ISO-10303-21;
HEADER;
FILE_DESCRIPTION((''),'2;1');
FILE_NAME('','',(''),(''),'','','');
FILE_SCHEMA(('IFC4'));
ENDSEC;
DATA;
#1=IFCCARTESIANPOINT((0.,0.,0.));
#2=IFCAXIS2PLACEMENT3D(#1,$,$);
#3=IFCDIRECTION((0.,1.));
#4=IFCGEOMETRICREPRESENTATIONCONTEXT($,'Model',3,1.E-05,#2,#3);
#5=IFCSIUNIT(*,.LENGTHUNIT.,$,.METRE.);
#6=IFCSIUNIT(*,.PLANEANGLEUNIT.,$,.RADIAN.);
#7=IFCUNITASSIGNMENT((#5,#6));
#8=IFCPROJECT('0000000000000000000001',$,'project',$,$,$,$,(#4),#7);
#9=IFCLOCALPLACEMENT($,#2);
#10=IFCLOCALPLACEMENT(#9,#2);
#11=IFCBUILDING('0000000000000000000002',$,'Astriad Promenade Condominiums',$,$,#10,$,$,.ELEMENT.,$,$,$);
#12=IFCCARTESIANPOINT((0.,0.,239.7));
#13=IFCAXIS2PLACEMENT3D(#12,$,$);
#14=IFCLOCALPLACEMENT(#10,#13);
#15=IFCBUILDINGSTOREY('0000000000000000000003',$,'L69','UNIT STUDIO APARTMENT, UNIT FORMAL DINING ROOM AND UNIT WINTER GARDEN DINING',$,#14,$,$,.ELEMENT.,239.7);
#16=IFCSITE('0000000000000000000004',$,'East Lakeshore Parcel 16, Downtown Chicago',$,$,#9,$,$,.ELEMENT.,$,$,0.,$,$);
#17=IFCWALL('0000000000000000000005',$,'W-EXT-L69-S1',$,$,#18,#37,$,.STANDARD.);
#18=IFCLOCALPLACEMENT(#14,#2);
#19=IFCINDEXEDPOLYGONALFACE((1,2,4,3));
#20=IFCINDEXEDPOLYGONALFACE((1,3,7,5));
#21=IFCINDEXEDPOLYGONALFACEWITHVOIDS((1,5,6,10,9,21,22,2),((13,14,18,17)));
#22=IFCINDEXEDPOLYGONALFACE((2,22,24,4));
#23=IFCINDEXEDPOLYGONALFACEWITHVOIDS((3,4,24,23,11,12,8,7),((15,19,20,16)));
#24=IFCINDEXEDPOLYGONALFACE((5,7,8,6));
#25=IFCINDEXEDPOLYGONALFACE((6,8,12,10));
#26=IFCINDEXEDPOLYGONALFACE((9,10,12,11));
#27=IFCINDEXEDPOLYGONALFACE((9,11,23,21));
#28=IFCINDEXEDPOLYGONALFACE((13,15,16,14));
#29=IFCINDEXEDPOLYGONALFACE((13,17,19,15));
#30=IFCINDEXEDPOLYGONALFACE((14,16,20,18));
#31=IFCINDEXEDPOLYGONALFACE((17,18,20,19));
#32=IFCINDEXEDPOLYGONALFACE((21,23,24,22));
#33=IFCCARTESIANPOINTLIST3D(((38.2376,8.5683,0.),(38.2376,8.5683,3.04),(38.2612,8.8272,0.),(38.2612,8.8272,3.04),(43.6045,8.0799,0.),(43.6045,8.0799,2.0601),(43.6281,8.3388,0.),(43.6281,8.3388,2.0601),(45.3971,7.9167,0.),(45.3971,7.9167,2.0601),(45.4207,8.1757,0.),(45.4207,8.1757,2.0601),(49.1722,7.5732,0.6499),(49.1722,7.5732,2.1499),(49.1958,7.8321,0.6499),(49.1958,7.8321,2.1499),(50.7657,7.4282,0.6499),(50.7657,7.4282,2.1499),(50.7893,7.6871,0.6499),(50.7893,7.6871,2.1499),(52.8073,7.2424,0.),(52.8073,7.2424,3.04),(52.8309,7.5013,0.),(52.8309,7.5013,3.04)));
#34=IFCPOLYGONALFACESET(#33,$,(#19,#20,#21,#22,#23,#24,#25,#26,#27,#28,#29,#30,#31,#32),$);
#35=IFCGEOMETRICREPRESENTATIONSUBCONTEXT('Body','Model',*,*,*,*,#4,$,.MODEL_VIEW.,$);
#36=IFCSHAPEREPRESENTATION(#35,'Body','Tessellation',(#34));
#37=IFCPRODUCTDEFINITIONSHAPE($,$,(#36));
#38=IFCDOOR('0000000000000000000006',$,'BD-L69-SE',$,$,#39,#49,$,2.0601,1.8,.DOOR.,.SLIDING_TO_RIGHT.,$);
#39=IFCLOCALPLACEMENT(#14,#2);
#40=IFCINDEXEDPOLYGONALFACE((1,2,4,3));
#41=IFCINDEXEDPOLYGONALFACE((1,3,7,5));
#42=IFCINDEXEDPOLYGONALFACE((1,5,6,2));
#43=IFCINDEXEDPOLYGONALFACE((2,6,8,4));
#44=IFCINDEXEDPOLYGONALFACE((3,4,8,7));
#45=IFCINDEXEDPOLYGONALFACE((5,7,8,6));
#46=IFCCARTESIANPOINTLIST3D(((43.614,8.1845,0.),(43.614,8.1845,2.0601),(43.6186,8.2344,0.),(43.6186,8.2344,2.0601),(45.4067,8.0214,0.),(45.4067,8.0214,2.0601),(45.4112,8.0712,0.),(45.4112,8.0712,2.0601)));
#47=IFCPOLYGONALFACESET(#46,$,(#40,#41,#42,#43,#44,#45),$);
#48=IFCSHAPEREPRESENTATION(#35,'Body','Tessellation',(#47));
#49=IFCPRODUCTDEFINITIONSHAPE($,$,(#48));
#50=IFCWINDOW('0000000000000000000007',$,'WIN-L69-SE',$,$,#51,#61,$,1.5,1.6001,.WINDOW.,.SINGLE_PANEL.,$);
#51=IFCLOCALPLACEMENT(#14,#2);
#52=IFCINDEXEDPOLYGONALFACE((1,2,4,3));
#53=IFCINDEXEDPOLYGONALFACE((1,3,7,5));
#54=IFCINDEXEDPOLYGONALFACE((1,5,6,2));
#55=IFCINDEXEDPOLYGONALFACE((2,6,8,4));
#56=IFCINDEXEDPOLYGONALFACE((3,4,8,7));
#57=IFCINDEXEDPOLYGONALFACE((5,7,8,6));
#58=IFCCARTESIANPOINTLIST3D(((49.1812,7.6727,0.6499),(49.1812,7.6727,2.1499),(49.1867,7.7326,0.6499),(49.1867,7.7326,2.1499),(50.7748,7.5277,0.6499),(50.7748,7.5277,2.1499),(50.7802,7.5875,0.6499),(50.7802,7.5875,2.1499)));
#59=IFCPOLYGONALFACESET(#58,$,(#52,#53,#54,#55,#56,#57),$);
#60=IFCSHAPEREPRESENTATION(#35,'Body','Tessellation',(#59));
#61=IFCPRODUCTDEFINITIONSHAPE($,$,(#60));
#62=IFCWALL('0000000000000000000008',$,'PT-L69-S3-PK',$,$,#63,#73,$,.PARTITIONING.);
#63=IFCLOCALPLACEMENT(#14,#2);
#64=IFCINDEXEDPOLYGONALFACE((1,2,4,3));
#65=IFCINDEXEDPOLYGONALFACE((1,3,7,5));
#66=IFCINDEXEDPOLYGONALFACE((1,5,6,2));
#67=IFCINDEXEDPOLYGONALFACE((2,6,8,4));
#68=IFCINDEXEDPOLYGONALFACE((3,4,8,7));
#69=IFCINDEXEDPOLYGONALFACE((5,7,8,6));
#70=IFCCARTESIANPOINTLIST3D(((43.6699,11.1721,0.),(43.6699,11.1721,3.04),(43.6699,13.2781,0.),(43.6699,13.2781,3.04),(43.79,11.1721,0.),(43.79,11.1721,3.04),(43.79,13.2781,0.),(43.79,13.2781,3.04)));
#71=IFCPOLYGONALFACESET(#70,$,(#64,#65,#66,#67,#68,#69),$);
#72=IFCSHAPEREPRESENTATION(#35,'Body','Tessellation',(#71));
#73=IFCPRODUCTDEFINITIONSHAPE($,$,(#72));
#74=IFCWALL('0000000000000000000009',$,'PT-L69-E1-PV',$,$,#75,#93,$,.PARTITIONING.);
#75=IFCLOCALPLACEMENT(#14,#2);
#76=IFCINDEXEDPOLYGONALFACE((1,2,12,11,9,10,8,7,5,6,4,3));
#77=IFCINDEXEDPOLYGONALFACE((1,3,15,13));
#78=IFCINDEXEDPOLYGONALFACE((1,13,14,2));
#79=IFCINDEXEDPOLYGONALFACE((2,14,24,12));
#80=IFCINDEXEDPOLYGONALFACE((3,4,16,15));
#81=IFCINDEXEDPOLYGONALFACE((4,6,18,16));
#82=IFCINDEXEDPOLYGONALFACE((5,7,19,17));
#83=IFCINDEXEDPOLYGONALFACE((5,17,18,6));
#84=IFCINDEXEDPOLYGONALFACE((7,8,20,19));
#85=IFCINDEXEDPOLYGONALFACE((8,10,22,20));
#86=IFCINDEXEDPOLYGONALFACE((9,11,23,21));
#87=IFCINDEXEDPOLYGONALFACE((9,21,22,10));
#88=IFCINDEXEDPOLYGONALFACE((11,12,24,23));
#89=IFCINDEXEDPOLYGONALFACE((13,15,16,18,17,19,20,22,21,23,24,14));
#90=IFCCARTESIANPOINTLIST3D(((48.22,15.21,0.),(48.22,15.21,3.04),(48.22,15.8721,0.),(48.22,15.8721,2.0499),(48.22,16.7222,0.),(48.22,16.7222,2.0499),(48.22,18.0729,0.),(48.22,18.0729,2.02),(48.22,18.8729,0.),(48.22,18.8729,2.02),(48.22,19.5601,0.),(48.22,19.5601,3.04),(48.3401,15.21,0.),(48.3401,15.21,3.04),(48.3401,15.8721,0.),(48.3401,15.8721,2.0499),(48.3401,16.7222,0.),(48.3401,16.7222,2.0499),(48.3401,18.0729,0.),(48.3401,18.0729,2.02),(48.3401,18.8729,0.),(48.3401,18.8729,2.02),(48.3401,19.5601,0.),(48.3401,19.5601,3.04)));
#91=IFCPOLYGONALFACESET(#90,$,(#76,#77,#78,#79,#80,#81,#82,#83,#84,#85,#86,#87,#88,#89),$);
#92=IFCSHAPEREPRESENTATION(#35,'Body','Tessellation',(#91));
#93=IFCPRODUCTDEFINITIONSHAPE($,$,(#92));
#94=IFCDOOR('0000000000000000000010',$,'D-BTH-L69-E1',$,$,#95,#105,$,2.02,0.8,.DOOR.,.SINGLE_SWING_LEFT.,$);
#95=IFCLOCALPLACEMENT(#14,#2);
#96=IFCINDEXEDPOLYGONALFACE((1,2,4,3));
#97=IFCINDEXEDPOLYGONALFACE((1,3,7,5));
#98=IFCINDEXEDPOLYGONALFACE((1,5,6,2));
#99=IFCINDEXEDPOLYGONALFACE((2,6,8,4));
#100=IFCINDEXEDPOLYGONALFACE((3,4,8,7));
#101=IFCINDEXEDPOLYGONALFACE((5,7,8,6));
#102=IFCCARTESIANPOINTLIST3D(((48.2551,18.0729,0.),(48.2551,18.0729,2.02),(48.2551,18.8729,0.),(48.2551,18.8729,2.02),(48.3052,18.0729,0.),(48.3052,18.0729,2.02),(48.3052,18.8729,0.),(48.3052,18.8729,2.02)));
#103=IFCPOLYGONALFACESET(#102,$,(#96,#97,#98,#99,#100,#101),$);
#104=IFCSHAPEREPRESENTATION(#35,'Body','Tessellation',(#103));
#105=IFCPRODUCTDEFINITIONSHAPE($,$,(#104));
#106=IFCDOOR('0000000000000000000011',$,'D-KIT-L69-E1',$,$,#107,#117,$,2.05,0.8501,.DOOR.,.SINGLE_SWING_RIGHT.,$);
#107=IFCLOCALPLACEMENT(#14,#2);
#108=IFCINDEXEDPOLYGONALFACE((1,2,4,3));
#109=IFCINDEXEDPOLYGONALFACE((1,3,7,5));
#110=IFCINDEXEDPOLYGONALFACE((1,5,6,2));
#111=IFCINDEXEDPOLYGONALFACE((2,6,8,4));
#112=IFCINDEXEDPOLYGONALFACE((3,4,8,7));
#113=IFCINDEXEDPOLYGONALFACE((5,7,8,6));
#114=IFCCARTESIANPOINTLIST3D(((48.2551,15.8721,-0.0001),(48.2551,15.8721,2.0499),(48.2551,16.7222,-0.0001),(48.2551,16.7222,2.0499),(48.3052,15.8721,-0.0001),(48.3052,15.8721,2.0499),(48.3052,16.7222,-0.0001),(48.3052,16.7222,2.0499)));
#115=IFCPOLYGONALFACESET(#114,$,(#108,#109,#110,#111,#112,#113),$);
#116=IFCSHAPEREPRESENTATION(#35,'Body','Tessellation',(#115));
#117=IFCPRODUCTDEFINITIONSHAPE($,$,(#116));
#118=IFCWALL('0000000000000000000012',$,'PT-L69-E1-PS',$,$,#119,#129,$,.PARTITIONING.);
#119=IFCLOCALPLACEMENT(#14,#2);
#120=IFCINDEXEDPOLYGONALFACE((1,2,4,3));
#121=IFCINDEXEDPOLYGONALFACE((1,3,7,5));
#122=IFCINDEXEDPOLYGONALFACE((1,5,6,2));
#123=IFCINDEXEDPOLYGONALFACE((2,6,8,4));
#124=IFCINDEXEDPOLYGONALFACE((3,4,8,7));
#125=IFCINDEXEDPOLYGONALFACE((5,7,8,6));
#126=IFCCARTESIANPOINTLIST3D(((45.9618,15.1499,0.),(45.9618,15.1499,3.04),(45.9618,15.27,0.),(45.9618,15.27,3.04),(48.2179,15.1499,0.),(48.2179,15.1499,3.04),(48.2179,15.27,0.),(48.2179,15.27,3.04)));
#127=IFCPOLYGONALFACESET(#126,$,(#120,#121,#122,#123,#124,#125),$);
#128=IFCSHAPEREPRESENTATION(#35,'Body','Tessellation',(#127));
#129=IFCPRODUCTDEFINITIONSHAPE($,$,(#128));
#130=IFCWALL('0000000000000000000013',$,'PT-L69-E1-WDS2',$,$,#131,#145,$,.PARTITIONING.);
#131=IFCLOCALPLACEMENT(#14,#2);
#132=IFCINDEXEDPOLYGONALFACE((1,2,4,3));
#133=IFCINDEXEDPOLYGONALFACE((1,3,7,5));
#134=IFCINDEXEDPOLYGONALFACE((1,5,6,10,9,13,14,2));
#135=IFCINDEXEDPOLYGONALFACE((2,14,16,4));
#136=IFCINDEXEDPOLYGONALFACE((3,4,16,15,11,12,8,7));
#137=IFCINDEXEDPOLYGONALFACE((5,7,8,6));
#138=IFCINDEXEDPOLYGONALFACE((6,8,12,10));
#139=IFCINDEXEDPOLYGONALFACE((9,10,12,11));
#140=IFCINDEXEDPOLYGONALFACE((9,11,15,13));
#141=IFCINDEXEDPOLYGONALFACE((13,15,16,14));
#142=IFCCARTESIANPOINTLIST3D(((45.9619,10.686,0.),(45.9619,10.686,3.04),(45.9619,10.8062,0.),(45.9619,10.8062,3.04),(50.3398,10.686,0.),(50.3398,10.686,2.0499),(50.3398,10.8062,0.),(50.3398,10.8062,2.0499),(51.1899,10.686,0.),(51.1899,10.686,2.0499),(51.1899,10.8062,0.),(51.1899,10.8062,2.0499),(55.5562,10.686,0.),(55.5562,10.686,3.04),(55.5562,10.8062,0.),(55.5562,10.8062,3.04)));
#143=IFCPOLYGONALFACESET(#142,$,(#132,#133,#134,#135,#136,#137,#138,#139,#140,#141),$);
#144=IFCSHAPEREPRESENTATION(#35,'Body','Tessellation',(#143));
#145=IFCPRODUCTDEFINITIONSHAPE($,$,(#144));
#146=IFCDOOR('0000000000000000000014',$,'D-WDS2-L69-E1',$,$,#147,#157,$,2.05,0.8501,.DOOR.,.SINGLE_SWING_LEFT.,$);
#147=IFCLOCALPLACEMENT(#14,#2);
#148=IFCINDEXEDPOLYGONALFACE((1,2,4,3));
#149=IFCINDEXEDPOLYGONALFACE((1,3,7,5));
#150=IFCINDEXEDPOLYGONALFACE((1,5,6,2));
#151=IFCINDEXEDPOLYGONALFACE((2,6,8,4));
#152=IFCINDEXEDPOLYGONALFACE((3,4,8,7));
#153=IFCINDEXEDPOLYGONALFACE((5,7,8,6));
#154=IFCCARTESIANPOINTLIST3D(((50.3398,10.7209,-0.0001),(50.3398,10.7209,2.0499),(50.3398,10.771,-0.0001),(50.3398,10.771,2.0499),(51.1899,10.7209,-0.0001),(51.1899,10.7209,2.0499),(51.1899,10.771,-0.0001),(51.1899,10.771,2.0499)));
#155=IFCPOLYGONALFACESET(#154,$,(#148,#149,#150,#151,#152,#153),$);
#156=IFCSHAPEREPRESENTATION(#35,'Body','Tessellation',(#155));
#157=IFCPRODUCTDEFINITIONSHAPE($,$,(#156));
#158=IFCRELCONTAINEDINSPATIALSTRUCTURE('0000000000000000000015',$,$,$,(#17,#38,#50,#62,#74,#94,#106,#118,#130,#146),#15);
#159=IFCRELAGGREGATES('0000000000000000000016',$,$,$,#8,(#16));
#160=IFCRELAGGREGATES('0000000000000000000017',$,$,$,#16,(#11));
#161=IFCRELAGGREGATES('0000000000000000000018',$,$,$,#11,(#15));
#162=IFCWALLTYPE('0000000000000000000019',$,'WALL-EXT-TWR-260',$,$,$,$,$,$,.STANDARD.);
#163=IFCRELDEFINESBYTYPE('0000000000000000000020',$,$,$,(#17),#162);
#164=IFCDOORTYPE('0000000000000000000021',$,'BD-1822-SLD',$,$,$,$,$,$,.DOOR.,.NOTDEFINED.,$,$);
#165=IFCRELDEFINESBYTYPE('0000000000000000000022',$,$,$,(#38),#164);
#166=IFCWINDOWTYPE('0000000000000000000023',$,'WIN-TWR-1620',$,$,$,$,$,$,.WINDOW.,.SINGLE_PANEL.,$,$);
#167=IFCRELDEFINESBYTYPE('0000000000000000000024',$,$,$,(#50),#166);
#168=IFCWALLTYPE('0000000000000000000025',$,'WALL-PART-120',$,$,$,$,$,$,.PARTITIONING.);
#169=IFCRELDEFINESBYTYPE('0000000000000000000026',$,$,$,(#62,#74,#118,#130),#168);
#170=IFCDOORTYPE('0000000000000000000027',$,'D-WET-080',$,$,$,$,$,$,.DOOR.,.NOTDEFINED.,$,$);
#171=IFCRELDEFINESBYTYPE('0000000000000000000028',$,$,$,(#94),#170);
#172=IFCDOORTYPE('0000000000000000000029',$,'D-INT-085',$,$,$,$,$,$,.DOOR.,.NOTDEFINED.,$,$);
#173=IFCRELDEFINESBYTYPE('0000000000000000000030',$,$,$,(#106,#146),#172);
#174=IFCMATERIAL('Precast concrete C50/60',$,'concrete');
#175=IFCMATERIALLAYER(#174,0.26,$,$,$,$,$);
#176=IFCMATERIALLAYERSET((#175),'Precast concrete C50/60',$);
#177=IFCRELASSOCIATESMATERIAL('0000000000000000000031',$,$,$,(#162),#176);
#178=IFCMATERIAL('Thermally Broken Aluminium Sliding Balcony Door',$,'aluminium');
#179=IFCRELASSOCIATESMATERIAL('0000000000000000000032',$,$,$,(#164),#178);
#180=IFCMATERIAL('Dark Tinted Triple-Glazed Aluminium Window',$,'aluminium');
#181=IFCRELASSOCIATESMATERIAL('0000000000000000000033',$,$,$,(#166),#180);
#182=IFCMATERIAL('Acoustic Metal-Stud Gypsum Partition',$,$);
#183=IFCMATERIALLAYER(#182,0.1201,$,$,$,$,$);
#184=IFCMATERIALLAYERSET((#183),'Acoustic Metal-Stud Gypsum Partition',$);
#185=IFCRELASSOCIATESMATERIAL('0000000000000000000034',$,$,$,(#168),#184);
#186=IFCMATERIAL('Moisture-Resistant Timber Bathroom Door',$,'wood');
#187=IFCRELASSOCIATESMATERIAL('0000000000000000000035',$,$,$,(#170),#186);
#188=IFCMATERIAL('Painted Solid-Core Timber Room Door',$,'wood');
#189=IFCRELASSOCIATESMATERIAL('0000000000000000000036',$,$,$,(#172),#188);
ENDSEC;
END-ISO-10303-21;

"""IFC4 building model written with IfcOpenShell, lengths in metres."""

from ifc_helpers import new_model, si_unit, direction, frame, frame_2d, origin, place, context, subcontext, project, spatial, rectangle, extrude, source, transform, mapped, material, layer, layer_set, type_object, type_shapes, element, fill, save


model = new_model("IFC4")

# Units and contexts
model_context = context("Model", 3, precision=1e-05, world=origin(), true_north=direction((0.0, 1.0)))
body_context = subcontext(model_context, "Body", "Model", "MODEL_VIEW")
ifc_project = project(units=[si_unit("LENGTHUNIT", "METRE"), si_unit("PLANEANGLEUNIT", "RADIAN")], contexts=[model_context])

# Site, building, storey
site_placement = place(None, origin())
site = spatial("IfcSite", under=ifc_project, at=site_placement, Name="East Lakeshore Parcel 16, Downtown Chicago", CompositionType="ELEMENT", RefElevation=0.0)
building_placement = place(site_placement, origin())
building = spatial("IfcBuilding", under=site, at=building_placement, Name="Astriad Promenade Condominiums", CompositionType="ELEMENT")
storey_placement = place(building_placement, frame((0.0, 0.0, 239.7)))
storey = spatial("IfcBuildingStorey", under=building, at=storey_placement, Name="L69", Description="UNIT STUDIO APARTMENT, UNIT FORMAL DINING ROOM AND UNIT WINTER GARDEN DINING", CompositionType="ELEMENT", Elevation=239.7)

# Shared definitions
ifc_material_1 = material(Name="Precast concrete C50/60", Category="concrete")
ifc_layer_1 = layer(ifc_material_1, 0.26)
ifc_layer_set_1 = layer_set([ifc_layer_1], Name="Precast concrete C50/60")
wall_type_1 = type_object("IfcWallType", Name="WALL-EXT-TWR-260", PredefinedType="STANDARD", material=ifc_layer_set_1)

# Wall, openings, door, window
wall_1_placement = place(storey_placement, frame((52.8191, 7.3718, 0.0), z_axis=(0.0, 0.0, 1.0), x_axis=(-0.995884, 0.090632, 0.0)))
wall_1 = element("IfcWall", 1, at=wall_1_placement, inside=storey, type_object=wall_type_1, Name="W-EXT-L69-S1", PredefinedType="STANDARD", context=body_context, shape_type="SweptSolid", body=[
    extrude(rectangle(XDim=14.6299, YDim=0.26, at=frame_2d((7.3149, 0.0))), origin(), (0.0, 0.0, 1.0), 3.04),
])
opening_1_placement = place(wall_1_placement, frame((7.4409, 0.0, 0.0)))
opening_1 = element("IfcOpeningElement", 2, at=opening_1_placement, cuts=wall_1, PredefinedType="OPENING", context=body_context, shape_type="SweptSolid", body=[
    extrude(rectangle(XDim=1.8, YDim=2.0601, at=frame_2d((0.8999, 1.03))), frame((0.0, 0.1399, 0.0), z_axis=(0.0, -1.0, 0.0), x_axis=(1.0, 0.0, 0.0)), (0.0, 0.0, 1.0), 0.28),
])
opening_2_placement = place(wall_1_placement, frame((2.05, 0.0, 0.6499)))
opening_2 = element("IfcOpeningElement", 3, at=opening_2_placement, cuts=wall_1, PredefinedType="OPENING", context=body_context, shape_type="SweptSolid", body=[
    extrude(rectangle(XDim=1.6001, YDim=1.5, at=frame_2d((0.8, 0.75))), frame((0.0, 0.1399, 0.0), z_axis=(0.0, -1.0, 0.0), x_axis=(1.0, 0.0, 0.0)), (0.0, 0.0, 1.0), 0.28),
])
ifc_material_2 = material(Name="Thermally Broken Aluminium Sliding Balcony Door", Category="aluminium")
door_type_1 = type_object("IfcDoorType", Name="BD-1822-SLD", OperationType="NOTDEFINED", PredefinedType="DOOR", material=ifc_material_2)
shared_shape_1 = source(origin(), body_context, "Body", "SweptSolid", [
    extrude(rectangle(XDim=1.8, YDim=2.0601, at=frame_2d((0.8999, 1.03))), frame((0.0, 0.0249, 0.0), z_axis=(0.0, -1.0, 0.0), x_axis=(1.0, 0.0, 0.0)), (0.0, 0.0, 1.0), 0.05),
])
type_shapes(door_type_1, [shared_shape_1])
door_1_placement = place(opening_1_placement, origin())
door_1 = element("IfcDoor", 4, at=door_1_placement, inside=storey, type_object=door_type_1, Name="BD-L69-SE", OperationType="SLIDING_TO_RIGHT", OverallHeight=2.0601, OverallWidth=1.8, PredefinedType="DOOR", context=body_context, shape_type="MappedRepresentation", body=[
    mapped(shared_shape_1, transform((0.0, 0.0, 0.0), scale=1.0)),
])
fill(opening_1, door_1)
ifc_material_3 = material(Name="Dark Tinted Triple-Glazed Aluminium Window", Category="aluminium")
window_type = type_object("IfcWindowType", Name="WIN-TWR-1620", PartitioningType="SINGLE_PANEL", PredefinedType="WINDOW", material=ifc_material_3)
shared_shape_2 = source(origin(), body_context, "Body", "SweptSolid", [
    extrude(rectangle(XDim=1.6001, YDim=1.5, at=frame_2d((0.8, 0.75))), frame((0.0, 0.03, 0.0), z_axis=(0.0, -1.0, 0.0), x_axis=(1.0, 0.0, 0.0)), (0.0, 0.0, 1.0), 0.0601),
])
type_shapes(window_type, [shared_shape_2])
window_placement = place(opening_2_placement, origin())
window = element("IfcWindow", 5, at=window_placement, inside=storey, type_object=window_type, Name="WIN-L69-SE", OverallHeight=1.5, OverallWidth=1.6001, PartitioningType="SINGLE_PANEL", PredefinedType="WINDOW", context=body_context, shape_type="MappedRepresentation", body=[
    mapped(shared_shape_2, transform((0.0, 0.0, 0.0), scale=1.0)),
])
fill(opening_2, window)

# Wall
ifc_material_4 = material(Name="Acoustic Metal-Stud Gypsum Partition")
ifc_layer_2 = layer(ifc_material_4, 0.1201)
ifc_layer_set_2 = layer_set([ifc_layer_2], Name="Acoustic Metal-Stud Gypsum Partition")
wall_type_2 = type_object("IfcWallType", Name="WALL-PART-120", PredefinedType="PARTITIONING", material=ifc_layer_set_2)
wall_2_placement = place(storey_placement, frame((43.73, 11.1721, 0.0), z_axis=(0.0, 0.0, 1.0), x_axis=(0.0, 1.0, 0.0)))
element("IfcWall", 6, at=wall_2_placement, inside=storey, type_object=wall_type_2, Name="PT-L69-S3-PK", PredefinedType="PARTITIONING", context=body_context, shape_type="SweptSolid", body=[
    extrude(rectangle(XDim=2.106, YDim=0.1201, at=frame_2d((1.053, 0.0))), origin(), (0.0, 0.0, 1.0), 3.04),
])

# Wall, openings, doors
wall_3_placement = place(storey_placement, frame((48.28, 15.21, 0.0), z_axis=(0.0, 0.0, 1.0), x_axis=(0.0, 1.0, 0.0)))
wall_3 = element("IfcWall", 7, at=wall_3_placement, inside=storey, type_object=wall_type_2, Name="PT-L69-E1-PV", PredefinedType="PARTITIONING", context=body_context, shape_type="SweptSolid", body=[
    extrude(rectangle(XDim=4.3501, YDim=0.1201, at=frame_2d((2.175, 0.0))), origin(), (0.0, 0.0, 1.0), 3.04),
])
opening_3_placement = place(wall_3_placement, frame((0.6621, 0.0, 0.0)))
opening_3 = element("IfcOpeningElement", 8, at=opening_3_placement, cuts=wall_3, PredefinedType="OPENING", context=body_context, shape_type="SweptSolid", body=[
    extrude(rectangle(XDim=0.8501, YDim=2.05, at=frame_2d((0.425, 1.0249))), frame((0.0, 0.0701, 0.0), z_axis=(0.0, -1.0, 0.0), x_axis=(1.0, 0.0, 0.0)), (0.0, 0.0, 1.0), 0.1401),
])
opening_4_placement = place(wall_3_placement, frame((2.863, 0.0, 0.0)))
opening_4 = element("IfcOpeningElement", 9, at=opening_4_placement, cuts=wall_3, PredefinedType="OPENING", context=body_context, shape_type="SweptSolid", body=[
    extrude(rectangle(XDim=0.8, YDim=2.02, at=frame_2d((0.3999, 1.01))), frame((0.0, 0.0701, 0.0), z_axis=(0.0, -1.0, 0.0), x_axis=(1.0, 0.0, 0.0)), (0.0, 0.0, 1.0), 0.1401),
])
ifc_material_5 = material(Name="Moisture-Resistant Timber Bathroom Door", Category="wood")
door_type_2 = type_object("IfcDoorType", Name="D-WET-080", OperationType="NOTDEFINED", PredefinedType="DOOR", material=ifc_material_5)
shared_shape_3 = source(origin(), body_context, "Body", "SweptSolid", [
    extrude(rectangle(XDim=0.8, YDim=2.02, at=frame_2d((0.3999, 1.01))), frame((0.0, 0.0249, 0.0), z_axis=(0.0, -1.0, 0.0), x_axis=(1.0, 0.0, 0.0)), (0.0, 0.0, 1.0), 0.05),
])
type_shapes(door_type_2, [shared_shape_3])
door_2_placement = place(opening_4_placement, origin())
door_2 = element("IfcDoor", 10, at=door_2_placement, inside=storey, type_object=door_type_2, Name="D-BTH-L69-E1", OperationType="SINGLE_SWING_LEFT", OverallHeight=2.02, OverallWidth=0.8, PredefinedType="DOOR", context=body_context, shape_type="MappedRepresentation", body=[
    mapped(shared_shape_3, transform((0.0, 0.0, 0.0), scale=1.0)),
])
fill(opening_4, door_2)
ifc_material_6 = material(Name="Painted Solid-Core Timber Room Door", Category="wood")
door_type_3 = type_object("IfcDoorType", Name="D-INT-085", OperationType="NOTDEFINED", PredefinedType="DOOR", material=ifc_material_6)
shared_shape_4 = source(origin(), body_context, "Body", "SweptSolid", [
    extrude(rectangle(XDim=0.8501, YDim=2.05, at=frame_2d((0.425, 1.0249))), frame((0.0, 0.0249, 0.0), z_axis=(0.0, -1.0, 0.0), x_axis=(1.0, 0.0, 0.0)), (0.0, 0.0, 1.0), 0.05),
])
type_shapes(door_type_3, [shared_shape_4])
door_3_placement = place(opening_3_placement, origin())
door_3 = element("IfcDoor", 11, at=door_3_placement, inside=storey, type_object=door_type_3, Name="D-KIT-L69-E1", OperationType="SINGLE_SWING_RIGHT", OverallHeight=2.05, OverallWidth=0.8501, PredefinedType="DOOR", context=body_context, shape_type="MappedRepresentation", body=[
    mapped(shared_shape_4, transform((0.0, 0.0, 0.0), scale=1.0)),
])
fill(opening_3, door_3)

# Wall
wall_4_placement = place(storey_placement, frame((45.9619, 15.21, 0.0), z_axis=(0.0, 0.0, 1.0), x_axis=(1.0, 0.0, 0.0)))
element("IfcWall", 12, at=wall_4_placement, inside=storey, type_object=wall_type_2, Name="PT-L69-E1-PS", PredefinedType="PARTITIONING", context=body_context, shape_type="SweptSolid", body=[
    extrude(rectangle(XDim=2.2561, YDim=0.1201, at=frame_2d((1.1279, 0.0))), origin(), (0.0, 0.0, 1.0), 3.04),
])

# Wall, opening, door
wall_5_placement = place(storey_placement, frame((45.9619, 10.7461, 0.0), z_axis=(0.0, 0.0, 1.0), x_axis=(1.0, 0.0, 0.0)))
wall_5 = element("IfcWall", 13, at=wall_5_placement, inside=storey, type_object=wall_type_2, Name="PT-L69-E1-WDS2", PredefinedType="PARTITIONING", context=body_context, shape_type="SweptSolid", body=[
    extrude(rectangle(XDim=9.5942, YDim=0.1201, at=frame_2d((4.7971, 0.0))), origin(), (0.0, 0.0, 1.0), 3.04),
])
opening_5_placement = place(wall_5_placement, frame((4.3779, 0.0, 0.0)))
opening_5 = element("IfcOpeningElement", 14, at=opening_5_placement, cuts=wall_5, PredefinedType="OPENING", context=body_context, shape_type="SweptSolid", body=[
    extrude(rectangle(XDim=0.8501, YDim=2.05, at=frame_2d((0.425, 1.0249))), frame((0.0, 0.0701, 0.0), z_axis=(0.0, -1.0, 0.0), x_axis=(1.0, 0.0, 0.0)), (0.0, 0.0, 1.0), 0.1401),
])
door_4_placement = place(opening_5_placement, origin())
door_4 = element("IfcDoor", 15, at=door_4_placement, inside=storey, type_object=door_type_3, Name="D-WDS2-L69-E1", OperationType="SINGLE_SWING_LEFT", OverallHeight=2.05, OverallWidth=0.8501, PredefinedType="DOOR", context=body_context, shape_type="MappedRepresentation", body=[
    mapped(shared_shape_4, transform((0.0, 0.0, 0.0), scale=1.0)),
])
fill(opening_5, door_4)

save(model, "model.ifc")
